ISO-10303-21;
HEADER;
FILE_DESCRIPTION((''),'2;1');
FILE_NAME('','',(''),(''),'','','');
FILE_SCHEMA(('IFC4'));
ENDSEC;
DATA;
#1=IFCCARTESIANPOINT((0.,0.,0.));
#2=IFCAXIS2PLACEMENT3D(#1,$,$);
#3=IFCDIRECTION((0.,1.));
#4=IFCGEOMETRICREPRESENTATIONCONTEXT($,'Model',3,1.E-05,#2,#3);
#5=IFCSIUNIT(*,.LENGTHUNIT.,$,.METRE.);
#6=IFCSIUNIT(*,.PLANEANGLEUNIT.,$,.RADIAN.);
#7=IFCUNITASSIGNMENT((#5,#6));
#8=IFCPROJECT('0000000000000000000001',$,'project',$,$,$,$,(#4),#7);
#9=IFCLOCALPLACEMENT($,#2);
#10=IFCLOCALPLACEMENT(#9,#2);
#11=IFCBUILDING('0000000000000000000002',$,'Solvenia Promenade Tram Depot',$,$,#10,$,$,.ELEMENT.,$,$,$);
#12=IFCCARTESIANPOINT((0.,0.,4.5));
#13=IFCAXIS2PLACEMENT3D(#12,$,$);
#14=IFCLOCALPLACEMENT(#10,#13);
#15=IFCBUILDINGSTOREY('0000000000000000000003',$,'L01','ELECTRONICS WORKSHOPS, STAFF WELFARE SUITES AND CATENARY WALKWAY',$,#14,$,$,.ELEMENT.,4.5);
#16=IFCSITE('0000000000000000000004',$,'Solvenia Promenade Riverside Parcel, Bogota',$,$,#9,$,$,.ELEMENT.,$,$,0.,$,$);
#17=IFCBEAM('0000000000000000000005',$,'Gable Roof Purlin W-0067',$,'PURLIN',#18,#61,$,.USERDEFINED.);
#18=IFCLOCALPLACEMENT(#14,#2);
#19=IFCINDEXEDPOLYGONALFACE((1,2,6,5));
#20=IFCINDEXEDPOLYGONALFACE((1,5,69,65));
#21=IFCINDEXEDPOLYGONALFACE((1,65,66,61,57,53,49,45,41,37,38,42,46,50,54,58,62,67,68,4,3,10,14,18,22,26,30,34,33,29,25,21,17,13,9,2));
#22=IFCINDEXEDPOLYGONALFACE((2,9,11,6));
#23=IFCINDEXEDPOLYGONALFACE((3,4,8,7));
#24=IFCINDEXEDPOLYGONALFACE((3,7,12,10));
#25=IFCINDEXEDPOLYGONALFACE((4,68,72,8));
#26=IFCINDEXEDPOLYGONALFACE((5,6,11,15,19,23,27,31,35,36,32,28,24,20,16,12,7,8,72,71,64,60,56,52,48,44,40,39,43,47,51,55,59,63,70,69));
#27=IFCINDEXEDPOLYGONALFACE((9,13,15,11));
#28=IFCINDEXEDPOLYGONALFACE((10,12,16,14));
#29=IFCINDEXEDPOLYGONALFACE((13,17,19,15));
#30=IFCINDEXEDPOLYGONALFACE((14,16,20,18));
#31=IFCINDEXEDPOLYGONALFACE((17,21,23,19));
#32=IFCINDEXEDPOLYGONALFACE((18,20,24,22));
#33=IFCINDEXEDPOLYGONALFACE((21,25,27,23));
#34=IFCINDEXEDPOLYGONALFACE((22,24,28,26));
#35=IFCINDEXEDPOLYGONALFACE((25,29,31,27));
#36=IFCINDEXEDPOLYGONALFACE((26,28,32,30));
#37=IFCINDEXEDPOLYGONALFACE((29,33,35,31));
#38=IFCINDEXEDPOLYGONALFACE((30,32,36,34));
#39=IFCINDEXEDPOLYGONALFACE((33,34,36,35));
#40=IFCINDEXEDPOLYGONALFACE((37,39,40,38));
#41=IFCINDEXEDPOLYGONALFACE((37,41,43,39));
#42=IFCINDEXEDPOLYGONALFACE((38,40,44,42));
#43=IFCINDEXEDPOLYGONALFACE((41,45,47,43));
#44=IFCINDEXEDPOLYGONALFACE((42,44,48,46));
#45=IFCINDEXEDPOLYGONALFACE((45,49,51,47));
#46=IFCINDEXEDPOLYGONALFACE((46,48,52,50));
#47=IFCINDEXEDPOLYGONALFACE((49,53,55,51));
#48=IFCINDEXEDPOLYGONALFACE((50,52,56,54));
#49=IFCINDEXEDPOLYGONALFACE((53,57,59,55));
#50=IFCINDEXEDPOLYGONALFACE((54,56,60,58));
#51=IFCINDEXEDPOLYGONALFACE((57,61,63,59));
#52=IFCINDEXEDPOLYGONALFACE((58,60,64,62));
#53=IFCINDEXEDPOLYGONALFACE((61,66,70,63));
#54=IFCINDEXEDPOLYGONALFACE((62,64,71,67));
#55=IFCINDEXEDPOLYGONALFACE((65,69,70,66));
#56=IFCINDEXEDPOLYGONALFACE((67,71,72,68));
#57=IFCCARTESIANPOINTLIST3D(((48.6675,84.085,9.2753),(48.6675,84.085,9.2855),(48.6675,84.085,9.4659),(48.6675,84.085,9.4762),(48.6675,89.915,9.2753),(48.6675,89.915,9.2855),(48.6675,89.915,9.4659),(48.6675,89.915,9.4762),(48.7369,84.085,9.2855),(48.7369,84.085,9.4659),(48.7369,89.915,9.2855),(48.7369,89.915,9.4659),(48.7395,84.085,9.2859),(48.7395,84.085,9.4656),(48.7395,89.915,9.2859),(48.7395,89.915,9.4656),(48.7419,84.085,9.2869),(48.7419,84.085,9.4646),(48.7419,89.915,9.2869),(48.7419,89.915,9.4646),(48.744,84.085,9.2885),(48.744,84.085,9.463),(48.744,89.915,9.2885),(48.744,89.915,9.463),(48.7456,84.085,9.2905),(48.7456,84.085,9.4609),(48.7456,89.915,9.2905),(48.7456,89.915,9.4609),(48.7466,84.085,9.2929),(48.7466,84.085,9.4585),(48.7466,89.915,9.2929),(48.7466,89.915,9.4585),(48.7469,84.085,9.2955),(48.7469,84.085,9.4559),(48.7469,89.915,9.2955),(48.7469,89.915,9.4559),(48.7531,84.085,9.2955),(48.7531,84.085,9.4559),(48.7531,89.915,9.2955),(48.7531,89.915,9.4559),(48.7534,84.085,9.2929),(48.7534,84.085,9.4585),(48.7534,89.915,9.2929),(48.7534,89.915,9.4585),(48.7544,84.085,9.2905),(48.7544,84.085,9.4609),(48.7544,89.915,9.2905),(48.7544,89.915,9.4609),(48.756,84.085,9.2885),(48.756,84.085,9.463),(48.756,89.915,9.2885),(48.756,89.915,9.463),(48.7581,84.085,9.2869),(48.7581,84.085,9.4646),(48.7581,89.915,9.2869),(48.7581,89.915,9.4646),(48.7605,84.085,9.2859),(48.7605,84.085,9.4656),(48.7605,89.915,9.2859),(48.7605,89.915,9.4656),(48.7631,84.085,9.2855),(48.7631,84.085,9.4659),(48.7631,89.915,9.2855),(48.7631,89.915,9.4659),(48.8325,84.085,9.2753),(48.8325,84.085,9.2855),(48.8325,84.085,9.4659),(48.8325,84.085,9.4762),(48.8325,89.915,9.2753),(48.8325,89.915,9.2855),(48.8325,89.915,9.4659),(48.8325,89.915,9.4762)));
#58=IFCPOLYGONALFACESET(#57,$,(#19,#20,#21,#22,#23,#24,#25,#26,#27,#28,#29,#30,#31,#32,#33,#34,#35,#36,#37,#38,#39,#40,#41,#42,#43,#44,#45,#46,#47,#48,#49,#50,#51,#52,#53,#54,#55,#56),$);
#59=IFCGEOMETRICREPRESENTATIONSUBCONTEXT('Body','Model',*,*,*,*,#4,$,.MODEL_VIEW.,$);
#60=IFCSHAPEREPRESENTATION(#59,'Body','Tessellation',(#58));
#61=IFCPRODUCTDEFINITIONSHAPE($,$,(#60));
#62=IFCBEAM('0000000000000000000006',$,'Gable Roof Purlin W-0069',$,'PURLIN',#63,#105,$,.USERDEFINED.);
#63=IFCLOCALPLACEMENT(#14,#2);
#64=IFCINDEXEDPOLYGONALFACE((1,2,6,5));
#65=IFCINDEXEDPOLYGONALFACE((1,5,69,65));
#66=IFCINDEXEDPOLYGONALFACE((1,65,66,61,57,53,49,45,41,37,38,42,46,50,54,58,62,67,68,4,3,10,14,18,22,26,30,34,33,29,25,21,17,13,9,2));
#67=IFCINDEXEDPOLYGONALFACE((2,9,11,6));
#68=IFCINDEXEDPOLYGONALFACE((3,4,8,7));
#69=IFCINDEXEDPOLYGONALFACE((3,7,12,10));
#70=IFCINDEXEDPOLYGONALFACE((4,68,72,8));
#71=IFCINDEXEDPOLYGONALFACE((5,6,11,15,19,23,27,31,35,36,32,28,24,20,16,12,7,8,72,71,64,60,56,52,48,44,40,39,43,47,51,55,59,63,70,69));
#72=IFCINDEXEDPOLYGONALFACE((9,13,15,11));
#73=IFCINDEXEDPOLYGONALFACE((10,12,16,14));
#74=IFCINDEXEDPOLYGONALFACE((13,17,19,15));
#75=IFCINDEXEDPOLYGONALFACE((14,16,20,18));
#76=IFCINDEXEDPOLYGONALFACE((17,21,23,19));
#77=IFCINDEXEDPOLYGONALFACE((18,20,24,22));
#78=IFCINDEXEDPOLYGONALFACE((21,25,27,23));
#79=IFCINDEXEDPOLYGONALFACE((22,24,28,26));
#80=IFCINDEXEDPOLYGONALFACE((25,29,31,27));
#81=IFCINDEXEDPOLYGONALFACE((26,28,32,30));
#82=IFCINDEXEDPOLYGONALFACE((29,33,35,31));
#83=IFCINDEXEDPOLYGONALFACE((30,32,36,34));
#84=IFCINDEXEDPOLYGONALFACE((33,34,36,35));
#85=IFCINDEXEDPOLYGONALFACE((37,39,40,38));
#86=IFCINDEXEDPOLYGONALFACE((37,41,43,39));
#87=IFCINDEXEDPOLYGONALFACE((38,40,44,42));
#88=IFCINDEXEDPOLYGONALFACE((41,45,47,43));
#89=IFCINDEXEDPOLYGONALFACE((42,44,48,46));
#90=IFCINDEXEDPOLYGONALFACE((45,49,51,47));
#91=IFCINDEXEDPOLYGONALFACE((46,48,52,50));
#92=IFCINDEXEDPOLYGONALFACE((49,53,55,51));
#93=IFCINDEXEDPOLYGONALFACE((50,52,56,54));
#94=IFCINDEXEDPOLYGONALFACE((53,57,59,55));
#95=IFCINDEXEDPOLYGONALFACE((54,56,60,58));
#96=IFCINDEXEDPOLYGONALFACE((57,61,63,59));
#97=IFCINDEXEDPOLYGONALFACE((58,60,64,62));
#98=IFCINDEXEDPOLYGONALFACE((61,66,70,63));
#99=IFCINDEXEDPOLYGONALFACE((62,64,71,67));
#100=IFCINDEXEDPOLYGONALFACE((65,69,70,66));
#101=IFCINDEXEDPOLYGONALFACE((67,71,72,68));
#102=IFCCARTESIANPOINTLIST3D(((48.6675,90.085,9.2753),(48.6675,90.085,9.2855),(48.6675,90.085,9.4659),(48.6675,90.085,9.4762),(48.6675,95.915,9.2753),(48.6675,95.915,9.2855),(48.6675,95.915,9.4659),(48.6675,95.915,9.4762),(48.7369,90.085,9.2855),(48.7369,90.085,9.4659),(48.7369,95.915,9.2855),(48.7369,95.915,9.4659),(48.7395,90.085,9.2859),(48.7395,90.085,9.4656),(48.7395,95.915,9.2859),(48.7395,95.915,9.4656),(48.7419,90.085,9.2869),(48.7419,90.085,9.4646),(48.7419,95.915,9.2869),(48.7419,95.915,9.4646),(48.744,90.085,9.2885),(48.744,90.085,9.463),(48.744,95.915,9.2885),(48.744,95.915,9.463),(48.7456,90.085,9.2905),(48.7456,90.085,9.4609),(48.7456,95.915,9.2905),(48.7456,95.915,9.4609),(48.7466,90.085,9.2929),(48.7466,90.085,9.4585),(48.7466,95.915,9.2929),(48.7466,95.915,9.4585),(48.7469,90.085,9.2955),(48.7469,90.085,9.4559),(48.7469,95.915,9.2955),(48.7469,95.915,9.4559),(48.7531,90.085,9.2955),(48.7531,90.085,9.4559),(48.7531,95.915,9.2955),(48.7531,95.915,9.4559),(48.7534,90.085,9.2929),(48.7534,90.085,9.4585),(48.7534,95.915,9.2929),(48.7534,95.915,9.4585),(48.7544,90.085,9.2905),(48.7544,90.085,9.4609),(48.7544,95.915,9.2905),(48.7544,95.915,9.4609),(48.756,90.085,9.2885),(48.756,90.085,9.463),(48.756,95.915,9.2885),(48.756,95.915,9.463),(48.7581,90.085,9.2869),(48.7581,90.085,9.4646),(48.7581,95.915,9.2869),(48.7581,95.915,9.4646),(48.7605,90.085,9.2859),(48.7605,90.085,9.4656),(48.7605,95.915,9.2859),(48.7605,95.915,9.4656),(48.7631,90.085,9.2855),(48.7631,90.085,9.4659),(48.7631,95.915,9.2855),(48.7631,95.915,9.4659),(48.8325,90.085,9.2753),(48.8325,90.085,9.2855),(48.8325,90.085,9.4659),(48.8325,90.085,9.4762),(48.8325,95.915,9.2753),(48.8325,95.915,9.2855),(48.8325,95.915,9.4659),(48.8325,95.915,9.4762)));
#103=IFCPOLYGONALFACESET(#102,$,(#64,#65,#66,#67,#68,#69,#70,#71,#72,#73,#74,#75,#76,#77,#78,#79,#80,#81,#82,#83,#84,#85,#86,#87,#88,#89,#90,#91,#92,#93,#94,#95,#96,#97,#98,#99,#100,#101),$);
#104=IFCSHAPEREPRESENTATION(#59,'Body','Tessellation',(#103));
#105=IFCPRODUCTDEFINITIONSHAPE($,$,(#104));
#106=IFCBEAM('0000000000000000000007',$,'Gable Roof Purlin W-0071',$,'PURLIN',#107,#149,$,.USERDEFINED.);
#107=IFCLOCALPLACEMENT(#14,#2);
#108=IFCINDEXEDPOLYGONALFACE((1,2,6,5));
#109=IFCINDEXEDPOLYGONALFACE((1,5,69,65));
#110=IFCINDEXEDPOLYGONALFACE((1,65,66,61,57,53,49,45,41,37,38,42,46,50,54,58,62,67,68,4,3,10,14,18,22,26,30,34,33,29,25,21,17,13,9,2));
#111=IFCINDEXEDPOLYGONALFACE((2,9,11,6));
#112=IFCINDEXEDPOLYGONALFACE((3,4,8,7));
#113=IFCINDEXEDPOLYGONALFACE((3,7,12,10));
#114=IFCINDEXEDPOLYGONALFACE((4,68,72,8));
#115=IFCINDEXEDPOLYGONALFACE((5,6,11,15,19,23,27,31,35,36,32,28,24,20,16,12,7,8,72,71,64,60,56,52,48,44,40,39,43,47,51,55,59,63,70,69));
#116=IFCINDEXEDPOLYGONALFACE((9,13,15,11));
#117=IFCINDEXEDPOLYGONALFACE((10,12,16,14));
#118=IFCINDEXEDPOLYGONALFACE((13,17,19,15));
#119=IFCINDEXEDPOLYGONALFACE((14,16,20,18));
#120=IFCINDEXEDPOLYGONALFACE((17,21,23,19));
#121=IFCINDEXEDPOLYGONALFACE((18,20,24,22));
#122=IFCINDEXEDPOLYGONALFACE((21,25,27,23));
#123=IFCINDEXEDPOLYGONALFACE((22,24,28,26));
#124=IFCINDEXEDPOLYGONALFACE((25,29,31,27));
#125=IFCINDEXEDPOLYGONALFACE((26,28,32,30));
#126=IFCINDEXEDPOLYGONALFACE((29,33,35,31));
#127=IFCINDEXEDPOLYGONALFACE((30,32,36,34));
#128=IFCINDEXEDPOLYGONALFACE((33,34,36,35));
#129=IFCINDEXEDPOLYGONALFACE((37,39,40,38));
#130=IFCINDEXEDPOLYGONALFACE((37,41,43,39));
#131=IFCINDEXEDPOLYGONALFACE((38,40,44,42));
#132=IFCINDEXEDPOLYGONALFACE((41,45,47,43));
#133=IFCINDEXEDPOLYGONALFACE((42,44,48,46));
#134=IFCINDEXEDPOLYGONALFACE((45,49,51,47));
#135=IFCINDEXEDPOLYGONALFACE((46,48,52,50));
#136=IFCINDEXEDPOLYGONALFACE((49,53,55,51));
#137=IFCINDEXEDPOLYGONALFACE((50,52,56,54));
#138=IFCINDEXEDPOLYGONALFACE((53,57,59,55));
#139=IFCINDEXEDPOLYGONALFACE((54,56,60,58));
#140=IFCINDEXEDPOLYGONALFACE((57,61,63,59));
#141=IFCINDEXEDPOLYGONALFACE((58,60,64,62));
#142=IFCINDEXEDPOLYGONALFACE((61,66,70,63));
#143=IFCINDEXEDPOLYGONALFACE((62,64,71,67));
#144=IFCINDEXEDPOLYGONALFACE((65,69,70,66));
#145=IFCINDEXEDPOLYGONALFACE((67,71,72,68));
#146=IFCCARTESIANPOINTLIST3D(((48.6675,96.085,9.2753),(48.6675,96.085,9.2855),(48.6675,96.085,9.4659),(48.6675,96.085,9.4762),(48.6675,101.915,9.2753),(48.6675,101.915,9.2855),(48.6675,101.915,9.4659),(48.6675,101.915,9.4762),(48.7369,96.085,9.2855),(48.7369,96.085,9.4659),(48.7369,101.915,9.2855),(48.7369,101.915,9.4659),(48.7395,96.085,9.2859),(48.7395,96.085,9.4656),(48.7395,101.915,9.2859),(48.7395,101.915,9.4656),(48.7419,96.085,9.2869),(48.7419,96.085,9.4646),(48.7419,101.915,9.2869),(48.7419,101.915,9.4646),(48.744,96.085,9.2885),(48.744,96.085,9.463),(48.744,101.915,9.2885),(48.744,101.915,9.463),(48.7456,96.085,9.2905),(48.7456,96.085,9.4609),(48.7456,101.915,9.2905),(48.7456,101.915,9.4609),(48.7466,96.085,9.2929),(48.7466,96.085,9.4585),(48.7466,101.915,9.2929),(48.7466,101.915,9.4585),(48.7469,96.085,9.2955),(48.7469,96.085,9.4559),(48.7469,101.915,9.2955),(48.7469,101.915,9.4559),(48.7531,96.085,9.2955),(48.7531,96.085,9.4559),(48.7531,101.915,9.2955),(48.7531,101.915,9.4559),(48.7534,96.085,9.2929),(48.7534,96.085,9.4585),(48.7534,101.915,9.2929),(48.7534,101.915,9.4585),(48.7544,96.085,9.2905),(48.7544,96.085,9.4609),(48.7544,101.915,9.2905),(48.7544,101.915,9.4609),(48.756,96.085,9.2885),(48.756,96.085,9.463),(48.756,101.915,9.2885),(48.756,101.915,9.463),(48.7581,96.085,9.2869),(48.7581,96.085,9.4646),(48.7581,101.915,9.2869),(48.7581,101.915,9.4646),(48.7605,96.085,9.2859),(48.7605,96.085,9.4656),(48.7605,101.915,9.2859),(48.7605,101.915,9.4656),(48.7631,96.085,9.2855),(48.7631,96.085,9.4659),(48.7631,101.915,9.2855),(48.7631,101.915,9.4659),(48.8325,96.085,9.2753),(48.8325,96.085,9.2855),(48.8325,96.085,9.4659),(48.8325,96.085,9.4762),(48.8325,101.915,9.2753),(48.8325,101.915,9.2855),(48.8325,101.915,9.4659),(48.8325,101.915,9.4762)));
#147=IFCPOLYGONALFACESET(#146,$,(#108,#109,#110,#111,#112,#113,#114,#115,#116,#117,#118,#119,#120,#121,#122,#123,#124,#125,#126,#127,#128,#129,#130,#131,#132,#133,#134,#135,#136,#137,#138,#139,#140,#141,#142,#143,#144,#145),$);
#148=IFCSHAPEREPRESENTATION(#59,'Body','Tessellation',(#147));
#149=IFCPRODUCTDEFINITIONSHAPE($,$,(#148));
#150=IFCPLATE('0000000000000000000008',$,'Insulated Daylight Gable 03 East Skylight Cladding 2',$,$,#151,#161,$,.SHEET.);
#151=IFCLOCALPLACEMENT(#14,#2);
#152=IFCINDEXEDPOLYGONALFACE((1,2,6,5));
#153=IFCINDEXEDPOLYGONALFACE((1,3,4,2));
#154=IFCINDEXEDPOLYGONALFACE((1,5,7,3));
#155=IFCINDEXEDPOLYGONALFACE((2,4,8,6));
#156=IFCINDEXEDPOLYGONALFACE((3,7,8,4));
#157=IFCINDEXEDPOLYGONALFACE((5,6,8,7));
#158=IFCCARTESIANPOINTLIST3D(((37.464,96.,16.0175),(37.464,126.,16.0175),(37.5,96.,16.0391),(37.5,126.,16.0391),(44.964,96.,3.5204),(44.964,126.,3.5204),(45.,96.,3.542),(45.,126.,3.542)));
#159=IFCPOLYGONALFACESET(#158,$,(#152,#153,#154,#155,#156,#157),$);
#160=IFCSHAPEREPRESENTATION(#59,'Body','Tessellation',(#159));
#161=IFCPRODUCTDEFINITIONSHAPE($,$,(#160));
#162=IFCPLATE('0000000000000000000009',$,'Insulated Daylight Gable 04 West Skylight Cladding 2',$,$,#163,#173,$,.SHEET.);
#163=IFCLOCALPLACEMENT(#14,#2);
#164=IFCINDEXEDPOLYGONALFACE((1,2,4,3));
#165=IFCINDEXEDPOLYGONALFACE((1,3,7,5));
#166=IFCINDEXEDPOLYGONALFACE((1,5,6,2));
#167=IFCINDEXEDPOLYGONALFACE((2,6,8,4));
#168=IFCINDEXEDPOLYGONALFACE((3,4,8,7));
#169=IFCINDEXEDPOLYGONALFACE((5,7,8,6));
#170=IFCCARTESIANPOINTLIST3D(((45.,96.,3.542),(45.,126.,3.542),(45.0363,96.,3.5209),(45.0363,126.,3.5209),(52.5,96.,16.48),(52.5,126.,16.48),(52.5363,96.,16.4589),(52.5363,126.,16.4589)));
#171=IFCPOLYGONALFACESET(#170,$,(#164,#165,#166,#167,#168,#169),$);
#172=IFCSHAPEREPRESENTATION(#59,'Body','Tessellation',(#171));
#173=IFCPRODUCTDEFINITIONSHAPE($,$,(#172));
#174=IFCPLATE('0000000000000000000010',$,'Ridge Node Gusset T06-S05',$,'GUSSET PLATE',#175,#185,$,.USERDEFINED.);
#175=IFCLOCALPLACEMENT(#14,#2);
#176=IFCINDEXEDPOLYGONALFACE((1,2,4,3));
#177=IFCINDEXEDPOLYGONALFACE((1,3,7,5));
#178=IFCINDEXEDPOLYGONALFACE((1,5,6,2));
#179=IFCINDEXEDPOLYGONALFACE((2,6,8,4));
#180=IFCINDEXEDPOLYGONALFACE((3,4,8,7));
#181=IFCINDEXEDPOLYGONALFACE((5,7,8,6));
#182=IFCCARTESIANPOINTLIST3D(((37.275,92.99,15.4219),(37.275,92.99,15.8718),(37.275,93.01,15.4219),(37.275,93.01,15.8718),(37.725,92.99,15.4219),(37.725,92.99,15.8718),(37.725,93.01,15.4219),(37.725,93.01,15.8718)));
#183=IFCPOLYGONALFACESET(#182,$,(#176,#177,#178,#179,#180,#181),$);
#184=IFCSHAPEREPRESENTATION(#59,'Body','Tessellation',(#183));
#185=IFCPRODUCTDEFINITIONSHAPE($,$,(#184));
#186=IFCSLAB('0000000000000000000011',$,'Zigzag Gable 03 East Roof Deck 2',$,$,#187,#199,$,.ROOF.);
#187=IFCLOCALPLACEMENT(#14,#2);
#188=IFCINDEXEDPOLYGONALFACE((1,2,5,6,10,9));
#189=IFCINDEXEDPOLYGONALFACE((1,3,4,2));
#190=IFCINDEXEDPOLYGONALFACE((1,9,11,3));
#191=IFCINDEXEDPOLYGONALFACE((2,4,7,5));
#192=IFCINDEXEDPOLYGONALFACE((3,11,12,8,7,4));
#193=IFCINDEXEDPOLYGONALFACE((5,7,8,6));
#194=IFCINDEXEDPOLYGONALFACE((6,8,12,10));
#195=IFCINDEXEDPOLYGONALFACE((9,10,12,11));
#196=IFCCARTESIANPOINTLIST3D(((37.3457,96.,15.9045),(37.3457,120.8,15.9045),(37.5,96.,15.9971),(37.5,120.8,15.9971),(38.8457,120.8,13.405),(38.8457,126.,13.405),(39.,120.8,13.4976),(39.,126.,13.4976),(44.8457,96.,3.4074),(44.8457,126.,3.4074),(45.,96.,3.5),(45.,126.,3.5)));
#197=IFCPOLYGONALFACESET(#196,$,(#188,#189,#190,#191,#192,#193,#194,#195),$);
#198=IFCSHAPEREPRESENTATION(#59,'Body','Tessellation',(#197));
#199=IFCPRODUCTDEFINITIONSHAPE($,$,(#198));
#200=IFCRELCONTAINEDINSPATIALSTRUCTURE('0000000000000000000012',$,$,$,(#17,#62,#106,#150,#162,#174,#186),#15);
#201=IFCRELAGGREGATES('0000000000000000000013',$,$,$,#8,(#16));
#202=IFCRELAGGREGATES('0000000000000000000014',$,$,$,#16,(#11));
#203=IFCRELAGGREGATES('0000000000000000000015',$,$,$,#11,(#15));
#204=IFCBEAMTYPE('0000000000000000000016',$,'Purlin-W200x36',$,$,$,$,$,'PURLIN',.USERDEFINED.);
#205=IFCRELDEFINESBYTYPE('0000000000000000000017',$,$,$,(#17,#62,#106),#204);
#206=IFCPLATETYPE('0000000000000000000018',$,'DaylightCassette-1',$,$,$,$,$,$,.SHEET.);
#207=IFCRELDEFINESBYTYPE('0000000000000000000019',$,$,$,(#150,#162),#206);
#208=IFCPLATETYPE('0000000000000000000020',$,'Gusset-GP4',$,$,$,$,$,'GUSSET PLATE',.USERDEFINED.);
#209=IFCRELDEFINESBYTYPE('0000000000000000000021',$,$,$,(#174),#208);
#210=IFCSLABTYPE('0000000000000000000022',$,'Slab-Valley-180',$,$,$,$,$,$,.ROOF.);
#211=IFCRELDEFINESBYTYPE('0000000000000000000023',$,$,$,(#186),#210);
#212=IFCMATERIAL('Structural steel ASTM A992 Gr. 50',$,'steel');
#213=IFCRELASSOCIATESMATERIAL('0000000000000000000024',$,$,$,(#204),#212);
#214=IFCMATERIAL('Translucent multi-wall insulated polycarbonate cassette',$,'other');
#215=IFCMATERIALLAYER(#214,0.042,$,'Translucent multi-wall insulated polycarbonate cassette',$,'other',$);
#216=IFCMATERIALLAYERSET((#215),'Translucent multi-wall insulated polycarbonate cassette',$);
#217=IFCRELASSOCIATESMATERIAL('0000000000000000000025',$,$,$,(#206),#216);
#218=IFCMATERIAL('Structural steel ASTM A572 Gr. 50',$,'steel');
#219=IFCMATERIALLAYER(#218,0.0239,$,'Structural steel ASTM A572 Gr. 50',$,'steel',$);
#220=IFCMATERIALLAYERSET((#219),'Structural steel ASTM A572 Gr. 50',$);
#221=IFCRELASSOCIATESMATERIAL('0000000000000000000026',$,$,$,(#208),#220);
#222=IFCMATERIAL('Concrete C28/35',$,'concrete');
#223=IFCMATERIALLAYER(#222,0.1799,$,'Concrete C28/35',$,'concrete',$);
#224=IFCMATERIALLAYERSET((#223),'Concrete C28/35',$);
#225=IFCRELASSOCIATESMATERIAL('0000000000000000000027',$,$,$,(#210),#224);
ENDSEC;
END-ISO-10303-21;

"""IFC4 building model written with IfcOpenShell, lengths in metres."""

from ifc_helpers import new_model, si_unit, direction, frame, origin, origin_2d, place, context, subcontext, project, spatial, polyline, rectangle, i_section, outline, extrude, material, layer, layer_set, material_profile, profile_set, type_object, element, save


model = new_model("IFC4")

# Units and contexts
model_context = context("Model", 3, precision=1e-05, world=origin(), true_north=direction((0.0, 1.0)))
body_context = subcontext(model_context, "Body", "Model", "MODEL_VIEW")
ifc_project = project(units=[si_unit("LENGTHUNIT", "METRE"), si_unit("PLANEANGLEUNIT", "RADIAN")], contexts=[model_context])

# Site, building, storey
site_placement = place(None, origin())
site = spatial("IfcSite", under=ifc_project, at=site_placement, Name="Solvenia Promenade Riverside Parcel, Bogota", CompositionType="ELEMENT", RefElevation=0.0)
building_placement = place(site_placement, origin())
building = spatial("IfcBuilding", under=site, at=building_placement, Name="Solvenia Promenade Tram Depot", CompositionType="ELEMENT")
storey_placement = place(building_placement, frame((0.0, 0.0, 4.5)))
storey = spatial("IfcBuildingStorey", under=building, at=storey_placement, Name="L01", Description="ELECTRONICS WORKSHOPS, STAFF WELFARE SUITES AND CATENARY WALKWAY", CompositionType="ELEMENT", Elevation=4.5)

# Beams
ifc_material_1 = material(Name="Structural steel ASTM A992 Gr. 50", Category="steel")
ifc_material_profile_1 = material_profile(ifc_material_1, i_section(OverallWidth=0.165, OverallDepth=0.2009, WebThickness=0.0061, FlangeThickness=0.0103, FilletRadius=0.01, at=origin_2d()), Name="W200x36", Category="steel")
ifc_profile_set_1 = profile_set([ifc_material_profile_1], Name="Structural steel ASTM A992 Gr. 50")
beam_type_1 = type_object("IfcBeamType", Name="Purlin-W200x36", ElementType="PURLIN", PredefinedType="USERDEFINED", material=ifc_profile_set_1)
for number, where, z_axis, x_axis, name in (
    (1, (48.75, 84.085, 9.3757), (0.0, 1.0, 0.0), (-1.0, 0.0, 0.0), "Gable Roof Purlin W-0067"),
    (2, (48.75, 90.085, 9.3757), (0.0, 1.0, 0.0), (-1.0, 0.0, 0.0), "Gable Roof Purlin W-0069"),
    (3, (48.75, 96.085, 9.3757), (0.0, 1.0, 0.0), (-1.0, 0.0, 0.0), "Gable Roof Purlin W-0071"),
):
    element("IfcBeam", number, at=place(storey_placement, frame(where, z_axis=z_axis, x_axis=x_axis)), inside=storey, type_object=beam_type_1, Name=name, ObjectType="PURLIN", PredefinedType="USERDEFINED", context=body_context, shape_type="SweptSolid", body=[
        extrude(i_section(OverallWidth=0.165, OverallDepth=0.2009, WebThickness=0.0061, FlangeThickness=0.0103, FilletRadius=0.01, at=origin_2d()), origin(), (0.0, 0.0, 1.0), 5.8301),
    ])

# Plates
ifc_material_2 = material(Name="Translucent multi-wall insulated polycarbonate cassette", Category="other")
ifc_layer_1 = layer(ifc_material_2, 0.042, Name="Translucent multi-wall insulated polycarbonate cassette", Category="other")
ifc_layer_set_1 = layer_set([ifc_layer_1], Name="Translucent multi-wall insulated polycarbonate cassette")
plate_type_1 = type_object("IfcPlateType", Name="DaylightCassette-1", PredefinedType="SHEET", material=ifc_layer_set_1)
plate_1_placement = place(storey_placement, frame((37.5, 96.0, 16.0391), z_axis=(0.85744, 0.0, 0.514584), x_axis=(0.0, 1.0, 0.0)))
element("IfcPlate", 4, at=plate_1_placement, inside=storey, type_object=plate_type_1, Name="Insulated Daylight Gable 03 East Skylight Cladding 2", PredefinedType="SHEET", context=body_context, shape_type="SweptSolid", body=[
    extrude(outline(polyline([(0.0, 0.0), (30.0, 0.0), (30.0, -14.5749), (0.0, -14.5749), (0.0, 0.0)])), origin(), (0.0, 0.0, -1.0), 0.042),
])
plate_2_placement = place(storey_placement, frame((45.0, 96.0, 3.542), z_axis=(-0.865148, 0.0, 0.501516), x_axis=(0.0, 1.0, 0.0)))
element("IfcPlate", 5, at=plate_2_placement, inside=storey, type_object=plate_type_1, Name="Insulated Daylight Gable 04 West Skylight Cladding 2", PredefinedType="SHEET", context=body_context, shape_type="SweptSolid", body=[
    extrude(outline(polyline([(0.0, 0.0), (30.0, 0.0), (30.0, -14.9546), (0.0, -14.9546), (0.0, 0.0)])), origin(), (0.0, 0.0, -1.0), 0.042),
])
ifc_material_3 = material(Name="Structural steel ASTM A572 Gr. 50", Category="steel")
ifc_layer_2 = layer(ifc_material_3, 0.0239, Name="Structural steel ASTM A572 Gr. 50", Category="steel")
ifc_layer_set_2 = layer_set([ifc_layer_2], Name="Structural steel ASTM A572 Gr. 50")
plate_type_2 = type_object("IfcPlateType", Name="Gusset-GP4", ElementType="GUSSET PLATE", PredefinedType="USERDEFINED", material=ifc_layer_set_2)
plate_3_placement = place(storey_placement, frame((37.5, 93.0, 15.4219), z_axis=(0.0, 0.0, 1.0), x_axis=(1.0, 0.0, 0.0)))
element("IfcPlate", 6, at=plate_3_placement, inside=storey, type_object=plate_type_2, Name="Ridge Node Gusset T06-S05", ObjectType="GUSSET PLATE", PredefinedType="USERDEFINED", context=body_context, shape_type="SweptSolid", body=[
    extrude(rectangle(XDim=0.45, YDim=0.02, at=origin_2d()), origin(), (0.0, 0.0, 1.0), 0.45),
])

# Slab
ifc_material_4 = material(Name="Concrete C28/35", Category="concrete")
ifc_layer_3 = layer(ifc_material_4, 0.1799, Name="Concrete C28/35", Category="concrete")
ifc_layer_set_3 = layer_set([ifc_layer_3], Name="Concrete C28/35")
slab_type = type_object("IfcSlabType", Name="Slab-Valley-180", PredefinedType="ROOF", material=ifc_layer_set_3)
slab_1_placement = place(storey_placement, frame((37.5, 96.0, 15.9971), z_axis=(0.857439, 0.000001, 0.514585), x_axis=(-0.000001, 1.0, 0.0)))
element("IfcSlab", 7, at=slab_1_placement, inside=storey, type_object=slab_type, Name="Zigzag Gable 03 East Roof Deck 2", PredefinedType="ROOF", context=body_context, shape_type="SweptSolid", body=[
    extrude(outline(polyline([(0.0, 0.0), (24.8, 0.0), (24.8, -2.9151), (30.0, -2.9151), (30.0, -14.5749), (0.0, -14.5749), (0.0, 0.0)])), origin(), (0.0, 0.0, -1.0), 0.1799),
])

save(model, "model.ifc")
